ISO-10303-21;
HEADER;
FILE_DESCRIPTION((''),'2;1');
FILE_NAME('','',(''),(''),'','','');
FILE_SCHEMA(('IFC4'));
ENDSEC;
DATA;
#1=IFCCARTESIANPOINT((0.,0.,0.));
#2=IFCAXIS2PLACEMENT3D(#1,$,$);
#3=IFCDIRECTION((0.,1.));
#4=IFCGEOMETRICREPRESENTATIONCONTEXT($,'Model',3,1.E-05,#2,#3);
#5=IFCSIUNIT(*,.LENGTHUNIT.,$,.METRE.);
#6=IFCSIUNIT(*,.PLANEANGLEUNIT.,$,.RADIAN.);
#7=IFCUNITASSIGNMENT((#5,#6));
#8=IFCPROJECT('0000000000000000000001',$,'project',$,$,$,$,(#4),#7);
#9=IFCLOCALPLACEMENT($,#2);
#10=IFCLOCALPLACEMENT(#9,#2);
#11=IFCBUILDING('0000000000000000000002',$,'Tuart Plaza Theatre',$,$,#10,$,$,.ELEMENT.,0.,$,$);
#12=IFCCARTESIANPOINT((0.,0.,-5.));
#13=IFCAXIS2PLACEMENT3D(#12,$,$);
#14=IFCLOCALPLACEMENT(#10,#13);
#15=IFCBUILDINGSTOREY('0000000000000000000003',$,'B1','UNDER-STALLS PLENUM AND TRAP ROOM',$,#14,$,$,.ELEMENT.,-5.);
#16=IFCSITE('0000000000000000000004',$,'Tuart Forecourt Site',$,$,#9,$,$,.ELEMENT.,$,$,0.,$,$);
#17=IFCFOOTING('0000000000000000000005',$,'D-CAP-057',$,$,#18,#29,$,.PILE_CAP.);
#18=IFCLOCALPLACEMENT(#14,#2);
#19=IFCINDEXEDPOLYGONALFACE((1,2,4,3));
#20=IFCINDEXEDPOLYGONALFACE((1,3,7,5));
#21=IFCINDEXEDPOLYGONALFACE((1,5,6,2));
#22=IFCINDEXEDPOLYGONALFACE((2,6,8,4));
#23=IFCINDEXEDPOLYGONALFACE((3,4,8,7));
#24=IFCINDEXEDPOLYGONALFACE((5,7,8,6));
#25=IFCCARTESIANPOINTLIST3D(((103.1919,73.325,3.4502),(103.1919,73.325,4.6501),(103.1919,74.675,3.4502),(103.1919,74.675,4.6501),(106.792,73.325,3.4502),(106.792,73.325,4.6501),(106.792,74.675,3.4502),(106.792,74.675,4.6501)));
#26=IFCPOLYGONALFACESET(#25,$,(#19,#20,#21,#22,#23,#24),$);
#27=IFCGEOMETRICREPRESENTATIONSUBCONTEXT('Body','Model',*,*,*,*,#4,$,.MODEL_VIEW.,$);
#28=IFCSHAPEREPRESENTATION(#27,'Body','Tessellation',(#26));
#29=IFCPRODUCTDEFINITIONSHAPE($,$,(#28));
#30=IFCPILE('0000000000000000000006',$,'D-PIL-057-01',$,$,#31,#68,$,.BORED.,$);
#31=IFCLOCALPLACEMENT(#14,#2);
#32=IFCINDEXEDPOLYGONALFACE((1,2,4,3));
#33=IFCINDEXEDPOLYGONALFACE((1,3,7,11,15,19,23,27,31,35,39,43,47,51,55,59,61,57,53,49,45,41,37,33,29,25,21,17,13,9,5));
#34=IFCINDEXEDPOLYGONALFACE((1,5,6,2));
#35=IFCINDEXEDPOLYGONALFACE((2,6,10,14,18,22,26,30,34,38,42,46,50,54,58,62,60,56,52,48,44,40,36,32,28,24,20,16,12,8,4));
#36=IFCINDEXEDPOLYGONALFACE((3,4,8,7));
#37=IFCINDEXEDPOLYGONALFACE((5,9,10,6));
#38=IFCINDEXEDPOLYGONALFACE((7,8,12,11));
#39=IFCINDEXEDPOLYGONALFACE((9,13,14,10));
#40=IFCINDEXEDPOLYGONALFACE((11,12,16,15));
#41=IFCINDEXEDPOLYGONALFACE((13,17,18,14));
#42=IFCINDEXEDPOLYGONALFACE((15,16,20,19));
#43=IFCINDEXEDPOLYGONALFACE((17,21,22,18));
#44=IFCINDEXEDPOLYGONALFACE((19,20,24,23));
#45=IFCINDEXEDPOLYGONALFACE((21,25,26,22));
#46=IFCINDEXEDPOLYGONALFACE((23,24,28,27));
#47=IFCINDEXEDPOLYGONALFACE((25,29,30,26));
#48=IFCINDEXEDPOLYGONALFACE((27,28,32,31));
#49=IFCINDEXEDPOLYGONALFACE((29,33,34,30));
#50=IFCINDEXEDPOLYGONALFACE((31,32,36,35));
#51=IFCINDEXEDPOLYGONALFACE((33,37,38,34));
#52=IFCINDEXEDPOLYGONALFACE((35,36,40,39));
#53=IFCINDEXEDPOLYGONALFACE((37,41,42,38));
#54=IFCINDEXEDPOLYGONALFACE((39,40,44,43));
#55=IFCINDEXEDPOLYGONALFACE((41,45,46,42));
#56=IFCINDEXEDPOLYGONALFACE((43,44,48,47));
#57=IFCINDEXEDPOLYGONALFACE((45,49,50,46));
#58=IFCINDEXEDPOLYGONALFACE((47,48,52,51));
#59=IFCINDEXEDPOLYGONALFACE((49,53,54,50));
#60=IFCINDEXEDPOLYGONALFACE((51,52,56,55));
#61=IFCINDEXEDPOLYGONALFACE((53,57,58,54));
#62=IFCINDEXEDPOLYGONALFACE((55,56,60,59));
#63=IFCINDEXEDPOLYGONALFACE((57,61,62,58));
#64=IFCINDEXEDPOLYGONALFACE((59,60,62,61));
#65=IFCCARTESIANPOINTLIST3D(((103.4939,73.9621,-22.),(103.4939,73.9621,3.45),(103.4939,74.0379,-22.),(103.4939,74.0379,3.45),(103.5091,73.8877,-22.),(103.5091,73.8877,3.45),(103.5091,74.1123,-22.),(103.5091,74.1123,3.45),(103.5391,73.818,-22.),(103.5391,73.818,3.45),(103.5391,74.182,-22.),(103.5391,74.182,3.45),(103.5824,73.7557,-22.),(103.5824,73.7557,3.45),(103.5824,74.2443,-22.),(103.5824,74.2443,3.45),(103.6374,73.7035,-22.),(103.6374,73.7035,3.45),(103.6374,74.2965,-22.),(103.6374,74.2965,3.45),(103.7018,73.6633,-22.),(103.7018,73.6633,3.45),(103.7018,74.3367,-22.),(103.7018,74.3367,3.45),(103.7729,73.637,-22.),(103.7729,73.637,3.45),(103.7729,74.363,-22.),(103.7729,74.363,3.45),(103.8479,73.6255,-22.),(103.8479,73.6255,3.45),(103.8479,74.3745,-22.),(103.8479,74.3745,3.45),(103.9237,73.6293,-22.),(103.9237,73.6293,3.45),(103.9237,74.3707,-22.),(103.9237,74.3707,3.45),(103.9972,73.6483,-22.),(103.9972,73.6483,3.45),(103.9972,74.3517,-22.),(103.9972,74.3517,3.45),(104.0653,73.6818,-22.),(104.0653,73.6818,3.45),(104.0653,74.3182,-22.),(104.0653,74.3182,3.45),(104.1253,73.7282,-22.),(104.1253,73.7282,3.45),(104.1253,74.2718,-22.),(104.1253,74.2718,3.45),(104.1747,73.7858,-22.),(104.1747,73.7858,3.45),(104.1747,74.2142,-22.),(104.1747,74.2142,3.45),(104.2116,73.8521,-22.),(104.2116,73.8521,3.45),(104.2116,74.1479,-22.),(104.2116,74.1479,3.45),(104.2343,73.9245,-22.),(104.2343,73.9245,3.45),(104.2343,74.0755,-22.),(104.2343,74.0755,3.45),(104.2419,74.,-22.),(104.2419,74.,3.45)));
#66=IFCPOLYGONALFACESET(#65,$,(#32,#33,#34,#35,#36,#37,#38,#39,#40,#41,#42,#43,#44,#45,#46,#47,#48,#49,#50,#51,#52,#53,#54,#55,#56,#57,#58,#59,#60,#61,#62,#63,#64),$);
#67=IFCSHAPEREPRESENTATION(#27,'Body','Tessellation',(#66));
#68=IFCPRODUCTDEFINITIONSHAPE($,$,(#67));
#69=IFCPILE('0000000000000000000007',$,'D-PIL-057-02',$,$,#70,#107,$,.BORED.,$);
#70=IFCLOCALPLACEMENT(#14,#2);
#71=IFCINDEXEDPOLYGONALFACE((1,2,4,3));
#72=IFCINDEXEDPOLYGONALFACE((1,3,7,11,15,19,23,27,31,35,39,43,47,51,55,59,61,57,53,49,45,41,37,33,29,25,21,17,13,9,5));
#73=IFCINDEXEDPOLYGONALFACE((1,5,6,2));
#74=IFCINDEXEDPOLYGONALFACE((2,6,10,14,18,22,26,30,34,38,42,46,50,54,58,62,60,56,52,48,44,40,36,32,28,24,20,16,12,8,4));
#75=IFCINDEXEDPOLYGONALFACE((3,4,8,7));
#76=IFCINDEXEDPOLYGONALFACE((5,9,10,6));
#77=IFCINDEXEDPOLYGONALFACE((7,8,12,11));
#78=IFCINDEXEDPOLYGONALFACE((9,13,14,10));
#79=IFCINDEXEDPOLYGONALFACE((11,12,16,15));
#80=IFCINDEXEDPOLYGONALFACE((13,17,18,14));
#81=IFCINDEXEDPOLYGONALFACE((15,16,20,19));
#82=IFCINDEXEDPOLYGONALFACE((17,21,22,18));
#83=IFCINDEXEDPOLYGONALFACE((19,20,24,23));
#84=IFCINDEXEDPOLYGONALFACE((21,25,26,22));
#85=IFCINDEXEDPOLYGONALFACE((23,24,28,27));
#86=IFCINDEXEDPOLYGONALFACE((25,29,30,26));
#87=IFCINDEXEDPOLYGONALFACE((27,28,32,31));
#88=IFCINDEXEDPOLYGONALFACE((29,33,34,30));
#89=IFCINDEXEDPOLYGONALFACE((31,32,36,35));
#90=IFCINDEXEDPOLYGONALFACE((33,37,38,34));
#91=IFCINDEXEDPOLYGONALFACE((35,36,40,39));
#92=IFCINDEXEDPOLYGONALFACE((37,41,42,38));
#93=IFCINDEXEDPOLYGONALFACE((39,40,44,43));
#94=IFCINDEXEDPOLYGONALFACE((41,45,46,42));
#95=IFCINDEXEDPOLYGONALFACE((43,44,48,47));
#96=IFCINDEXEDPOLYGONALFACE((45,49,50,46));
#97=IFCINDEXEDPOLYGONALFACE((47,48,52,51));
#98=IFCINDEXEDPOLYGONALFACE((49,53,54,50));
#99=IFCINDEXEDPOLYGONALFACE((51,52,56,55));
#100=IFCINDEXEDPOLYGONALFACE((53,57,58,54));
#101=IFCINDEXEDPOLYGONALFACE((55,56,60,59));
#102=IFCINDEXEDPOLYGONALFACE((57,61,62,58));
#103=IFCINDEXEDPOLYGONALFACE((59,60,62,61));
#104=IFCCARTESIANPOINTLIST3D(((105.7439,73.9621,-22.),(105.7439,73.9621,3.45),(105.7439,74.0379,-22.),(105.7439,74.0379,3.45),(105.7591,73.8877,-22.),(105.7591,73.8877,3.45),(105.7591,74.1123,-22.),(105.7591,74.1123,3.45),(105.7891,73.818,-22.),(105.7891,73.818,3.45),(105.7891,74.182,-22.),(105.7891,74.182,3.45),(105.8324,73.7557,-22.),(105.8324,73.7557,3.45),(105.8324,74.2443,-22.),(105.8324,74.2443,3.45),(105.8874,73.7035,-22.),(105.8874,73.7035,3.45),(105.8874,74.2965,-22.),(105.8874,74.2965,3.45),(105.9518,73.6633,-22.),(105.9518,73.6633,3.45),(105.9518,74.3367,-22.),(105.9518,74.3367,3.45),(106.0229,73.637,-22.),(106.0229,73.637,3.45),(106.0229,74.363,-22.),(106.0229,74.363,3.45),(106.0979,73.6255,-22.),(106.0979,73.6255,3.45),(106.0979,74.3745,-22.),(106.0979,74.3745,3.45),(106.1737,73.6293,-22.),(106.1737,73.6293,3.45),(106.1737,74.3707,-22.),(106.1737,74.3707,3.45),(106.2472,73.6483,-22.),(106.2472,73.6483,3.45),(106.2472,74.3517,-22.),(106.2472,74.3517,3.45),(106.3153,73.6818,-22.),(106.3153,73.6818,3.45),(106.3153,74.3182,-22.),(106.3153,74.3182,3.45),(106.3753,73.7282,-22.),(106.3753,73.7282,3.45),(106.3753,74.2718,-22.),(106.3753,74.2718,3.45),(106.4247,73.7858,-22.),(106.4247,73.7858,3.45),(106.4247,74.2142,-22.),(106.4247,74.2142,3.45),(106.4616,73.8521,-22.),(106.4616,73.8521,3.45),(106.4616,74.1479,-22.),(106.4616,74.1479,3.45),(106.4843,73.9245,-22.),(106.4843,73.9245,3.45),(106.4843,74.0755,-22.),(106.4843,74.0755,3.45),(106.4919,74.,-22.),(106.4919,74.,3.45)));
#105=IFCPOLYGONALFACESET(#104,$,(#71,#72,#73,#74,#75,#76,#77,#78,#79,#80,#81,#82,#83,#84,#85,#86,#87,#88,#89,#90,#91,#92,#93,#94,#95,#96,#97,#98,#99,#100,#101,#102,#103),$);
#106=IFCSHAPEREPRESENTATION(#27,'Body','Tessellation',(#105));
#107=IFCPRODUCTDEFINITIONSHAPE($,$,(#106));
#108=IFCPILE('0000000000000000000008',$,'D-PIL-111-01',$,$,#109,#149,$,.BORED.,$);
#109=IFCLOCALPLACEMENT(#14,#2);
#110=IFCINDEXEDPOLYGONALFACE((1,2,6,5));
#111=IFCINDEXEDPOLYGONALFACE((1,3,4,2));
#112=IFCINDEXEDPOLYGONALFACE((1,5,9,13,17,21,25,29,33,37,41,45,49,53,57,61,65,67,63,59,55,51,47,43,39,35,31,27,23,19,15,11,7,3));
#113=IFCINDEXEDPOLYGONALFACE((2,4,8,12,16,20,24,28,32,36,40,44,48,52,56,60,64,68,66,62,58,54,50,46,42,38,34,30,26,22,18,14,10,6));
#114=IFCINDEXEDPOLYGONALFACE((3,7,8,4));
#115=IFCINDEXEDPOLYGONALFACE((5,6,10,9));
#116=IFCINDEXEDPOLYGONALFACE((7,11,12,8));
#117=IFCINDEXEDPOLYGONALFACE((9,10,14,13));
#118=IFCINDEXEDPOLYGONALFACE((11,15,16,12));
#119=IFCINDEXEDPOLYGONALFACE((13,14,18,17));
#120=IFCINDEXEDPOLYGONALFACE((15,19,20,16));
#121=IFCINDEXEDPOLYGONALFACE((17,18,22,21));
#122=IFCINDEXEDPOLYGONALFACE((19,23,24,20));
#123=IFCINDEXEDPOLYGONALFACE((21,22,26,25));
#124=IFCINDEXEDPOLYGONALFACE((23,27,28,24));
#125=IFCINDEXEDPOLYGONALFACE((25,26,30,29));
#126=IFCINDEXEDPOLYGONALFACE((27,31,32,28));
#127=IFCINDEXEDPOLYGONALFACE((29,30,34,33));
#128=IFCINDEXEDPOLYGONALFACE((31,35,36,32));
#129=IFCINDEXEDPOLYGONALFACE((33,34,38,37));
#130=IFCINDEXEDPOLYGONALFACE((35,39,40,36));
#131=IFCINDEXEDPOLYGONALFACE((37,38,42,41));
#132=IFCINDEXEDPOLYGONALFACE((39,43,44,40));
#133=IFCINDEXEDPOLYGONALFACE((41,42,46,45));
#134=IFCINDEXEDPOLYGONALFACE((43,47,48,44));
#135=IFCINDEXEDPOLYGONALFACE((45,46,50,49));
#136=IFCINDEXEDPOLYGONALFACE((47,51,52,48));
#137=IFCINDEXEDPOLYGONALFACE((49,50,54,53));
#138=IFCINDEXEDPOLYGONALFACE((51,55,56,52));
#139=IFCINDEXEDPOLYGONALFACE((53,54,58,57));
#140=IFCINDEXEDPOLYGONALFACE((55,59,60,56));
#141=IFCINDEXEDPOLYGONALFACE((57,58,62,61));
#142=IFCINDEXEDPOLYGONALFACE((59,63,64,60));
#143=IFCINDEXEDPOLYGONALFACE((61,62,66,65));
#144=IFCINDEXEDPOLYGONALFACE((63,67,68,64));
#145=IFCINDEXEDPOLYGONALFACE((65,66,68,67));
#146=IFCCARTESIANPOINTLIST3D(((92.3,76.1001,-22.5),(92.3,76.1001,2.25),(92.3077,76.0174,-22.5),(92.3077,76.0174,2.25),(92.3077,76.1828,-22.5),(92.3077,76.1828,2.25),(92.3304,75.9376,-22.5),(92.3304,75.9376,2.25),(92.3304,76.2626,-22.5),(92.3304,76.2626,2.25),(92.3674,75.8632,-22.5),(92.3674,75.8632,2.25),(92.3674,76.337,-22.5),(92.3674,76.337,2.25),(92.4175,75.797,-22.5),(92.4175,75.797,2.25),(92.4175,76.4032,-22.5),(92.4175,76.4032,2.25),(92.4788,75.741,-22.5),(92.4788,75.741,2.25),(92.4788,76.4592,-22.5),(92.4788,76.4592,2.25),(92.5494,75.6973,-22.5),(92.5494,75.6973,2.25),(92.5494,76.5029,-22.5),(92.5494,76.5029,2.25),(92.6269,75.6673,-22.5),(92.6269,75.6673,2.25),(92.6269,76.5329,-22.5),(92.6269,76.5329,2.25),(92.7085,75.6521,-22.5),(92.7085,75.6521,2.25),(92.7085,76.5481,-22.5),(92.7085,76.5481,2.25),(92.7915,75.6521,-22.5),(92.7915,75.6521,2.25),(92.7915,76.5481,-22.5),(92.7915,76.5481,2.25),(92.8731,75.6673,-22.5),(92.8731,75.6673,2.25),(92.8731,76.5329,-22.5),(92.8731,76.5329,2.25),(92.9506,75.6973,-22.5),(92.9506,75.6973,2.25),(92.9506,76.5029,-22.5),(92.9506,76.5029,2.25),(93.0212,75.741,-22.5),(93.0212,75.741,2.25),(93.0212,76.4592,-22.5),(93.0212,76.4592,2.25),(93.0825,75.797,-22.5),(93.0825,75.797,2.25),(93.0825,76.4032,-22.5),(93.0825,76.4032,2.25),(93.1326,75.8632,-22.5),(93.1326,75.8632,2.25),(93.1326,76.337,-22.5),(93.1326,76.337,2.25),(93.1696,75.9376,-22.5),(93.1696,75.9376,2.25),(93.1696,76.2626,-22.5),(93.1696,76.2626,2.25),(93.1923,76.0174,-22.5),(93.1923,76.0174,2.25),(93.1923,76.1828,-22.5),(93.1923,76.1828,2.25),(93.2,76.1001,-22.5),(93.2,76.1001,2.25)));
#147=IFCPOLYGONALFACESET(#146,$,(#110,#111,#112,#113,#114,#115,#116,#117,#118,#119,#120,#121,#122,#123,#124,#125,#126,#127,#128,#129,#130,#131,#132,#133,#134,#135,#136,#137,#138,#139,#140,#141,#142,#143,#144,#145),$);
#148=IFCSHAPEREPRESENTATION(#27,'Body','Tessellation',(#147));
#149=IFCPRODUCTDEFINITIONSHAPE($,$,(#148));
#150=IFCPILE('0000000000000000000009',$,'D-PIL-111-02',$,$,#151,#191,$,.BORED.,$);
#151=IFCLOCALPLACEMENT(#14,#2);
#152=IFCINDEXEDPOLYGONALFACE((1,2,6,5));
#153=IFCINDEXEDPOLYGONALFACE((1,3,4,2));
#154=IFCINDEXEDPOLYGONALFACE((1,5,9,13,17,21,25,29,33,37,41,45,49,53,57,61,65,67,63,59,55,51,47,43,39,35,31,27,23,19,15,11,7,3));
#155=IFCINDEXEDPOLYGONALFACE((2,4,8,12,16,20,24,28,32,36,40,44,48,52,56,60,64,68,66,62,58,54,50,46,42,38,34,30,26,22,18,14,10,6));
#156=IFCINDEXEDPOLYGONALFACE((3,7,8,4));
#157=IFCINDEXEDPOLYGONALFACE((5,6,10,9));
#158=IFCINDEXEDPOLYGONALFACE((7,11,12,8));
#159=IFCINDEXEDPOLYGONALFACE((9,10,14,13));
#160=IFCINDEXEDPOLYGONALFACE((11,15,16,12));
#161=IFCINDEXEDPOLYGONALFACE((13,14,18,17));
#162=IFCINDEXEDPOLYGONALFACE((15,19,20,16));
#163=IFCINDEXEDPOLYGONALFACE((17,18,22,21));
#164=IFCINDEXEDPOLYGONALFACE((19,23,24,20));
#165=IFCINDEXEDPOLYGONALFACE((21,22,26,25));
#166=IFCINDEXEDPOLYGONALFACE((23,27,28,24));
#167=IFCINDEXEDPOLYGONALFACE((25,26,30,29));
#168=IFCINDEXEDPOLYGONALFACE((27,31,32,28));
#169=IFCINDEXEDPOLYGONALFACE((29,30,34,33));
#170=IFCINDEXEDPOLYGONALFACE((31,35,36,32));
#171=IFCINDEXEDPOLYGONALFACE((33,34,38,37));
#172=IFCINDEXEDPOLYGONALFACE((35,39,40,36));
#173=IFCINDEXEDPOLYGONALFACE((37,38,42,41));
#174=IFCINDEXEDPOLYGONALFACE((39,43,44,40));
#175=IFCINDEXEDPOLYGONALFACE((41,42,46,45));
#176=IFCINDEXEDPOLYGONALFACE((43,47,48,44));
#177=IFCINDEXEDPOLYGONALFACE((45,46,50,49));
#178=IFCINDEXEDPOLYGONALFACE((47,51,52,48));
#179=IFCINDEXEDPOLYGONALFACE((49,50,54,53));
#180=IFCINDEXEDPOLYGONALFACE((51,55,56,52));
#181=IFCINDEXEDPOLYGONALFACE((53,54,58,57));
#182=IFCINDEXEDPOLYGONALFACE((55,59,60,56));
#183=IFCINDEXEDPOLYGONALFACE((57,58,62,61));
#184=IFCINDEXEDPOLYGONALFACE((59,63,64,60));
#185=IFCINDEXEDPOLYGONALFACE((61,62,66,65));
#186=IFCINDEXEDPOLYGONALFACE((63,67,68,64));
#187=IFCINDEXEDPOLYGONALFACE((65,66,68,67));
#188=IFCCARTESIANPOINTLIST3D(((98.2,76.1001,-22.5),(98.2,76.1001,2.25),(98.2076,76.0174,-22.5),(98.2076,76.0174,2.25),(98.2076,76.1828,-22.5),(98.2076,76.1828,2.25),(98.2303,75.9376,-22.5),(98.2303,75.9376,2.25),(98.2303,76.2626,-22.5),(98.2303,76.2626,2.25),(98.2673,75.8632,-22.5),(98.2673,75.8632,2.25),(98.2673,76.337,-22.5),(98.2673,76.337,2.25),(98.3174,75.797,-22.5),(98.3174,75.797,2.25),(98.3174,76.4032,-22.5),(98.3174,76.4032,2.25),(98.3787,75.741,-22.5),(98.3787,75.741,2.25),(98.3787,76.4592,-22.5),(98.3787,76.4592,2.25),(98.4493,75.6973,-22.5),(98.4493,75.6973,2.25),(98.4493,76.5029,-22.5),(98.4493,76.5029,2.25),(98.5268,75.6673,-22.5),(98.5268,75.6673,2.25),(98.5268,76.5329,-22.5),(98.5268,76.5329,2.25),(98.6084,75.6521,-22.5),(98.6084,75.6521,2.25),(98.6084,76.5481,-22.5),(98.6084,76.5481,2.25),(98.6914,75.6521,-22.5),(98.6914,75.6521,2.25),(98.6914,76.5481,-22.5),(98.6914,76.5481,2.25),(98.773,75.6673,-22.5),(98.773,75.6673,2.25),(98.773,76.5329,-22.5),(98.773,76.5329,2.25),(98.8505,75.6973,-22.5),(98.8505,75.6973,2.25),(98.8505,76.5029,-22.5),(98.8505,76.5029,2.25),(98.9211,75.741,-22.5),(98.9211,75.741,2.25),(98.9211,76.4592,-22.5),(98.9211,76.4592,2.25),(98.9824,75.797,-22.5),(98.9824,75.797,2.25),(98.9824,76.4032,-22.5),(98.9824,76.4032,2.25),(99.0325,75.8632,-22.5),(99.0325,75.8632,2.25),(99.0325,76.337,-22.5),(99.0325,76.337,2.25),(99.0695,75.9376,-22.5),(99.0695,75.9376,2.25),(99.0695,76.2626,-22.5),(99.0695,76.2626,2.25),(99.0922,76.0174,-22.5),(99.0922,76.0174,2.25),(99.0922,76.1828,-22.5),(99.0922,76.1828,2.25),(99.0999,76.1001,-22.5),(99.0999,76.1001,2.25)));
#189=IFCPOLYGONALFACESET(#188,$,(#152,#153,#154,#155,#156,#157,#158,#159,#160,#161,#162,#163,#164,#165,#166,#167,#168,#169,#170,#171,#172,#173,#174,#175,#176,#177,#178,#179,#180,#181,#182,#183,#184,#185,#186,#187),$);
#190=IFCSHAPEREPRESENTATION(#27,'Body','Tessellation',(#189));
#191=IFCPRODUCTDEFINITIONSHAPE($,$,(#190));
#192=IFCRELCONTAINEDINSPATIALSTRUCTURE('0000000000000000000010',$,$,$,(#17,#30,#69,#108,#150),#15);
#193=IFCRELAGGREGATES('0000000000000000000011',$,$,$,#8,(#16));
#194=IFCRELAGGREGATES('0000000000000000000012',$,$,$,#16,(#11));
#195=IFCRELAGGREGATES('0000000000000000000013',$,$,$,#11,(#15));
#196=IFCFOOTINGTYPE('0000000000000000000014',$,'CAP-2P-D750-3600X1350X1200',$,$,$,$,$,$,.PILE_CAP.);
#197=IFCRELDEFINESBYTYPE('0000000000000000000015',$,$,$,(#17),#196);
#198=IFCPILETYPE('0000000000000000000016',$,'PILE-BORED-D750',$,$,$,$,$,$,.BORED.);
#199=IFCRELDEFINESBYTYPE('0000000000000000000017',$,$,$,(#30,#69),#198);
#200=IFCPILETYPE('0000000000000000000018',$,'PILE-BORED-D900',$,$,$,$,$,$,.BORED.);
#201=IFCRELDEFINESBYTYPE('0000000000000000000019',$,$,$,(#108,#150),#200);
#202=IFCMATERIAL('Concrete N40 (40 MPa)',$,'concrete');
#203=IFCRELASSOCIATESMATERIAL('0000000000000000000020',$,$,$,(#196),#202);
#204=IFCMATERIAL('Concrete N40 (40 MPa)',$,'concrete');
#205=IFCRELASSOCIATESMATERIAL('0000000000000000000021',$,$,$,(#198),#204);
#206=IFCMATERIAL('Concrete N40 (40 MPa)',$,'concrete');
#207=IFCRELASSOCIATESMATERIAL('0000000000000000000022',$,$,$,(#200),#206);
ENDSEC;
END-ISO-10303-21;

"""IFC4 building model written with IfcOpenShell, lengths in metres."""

from ifc_helpers import new_model, si_unit, direction, frame, origin, origin_2d, place, context, subcontext, project, spatial, rectangle, circle, extrude, material, material_profile, profile_set, type_object, element, save


model = new_model("IFC4")

# Units and contexts
model_context = context("Model", 3, precision=1e-05, world=origin(), true_north=direction((0.0, 1.0)))
body_context = subcontext(model_context, "Body", "Model", "MODEL_VIEW")
ifc_project = project(units=[si_unit("LENGTHUNIT", "METRE"), si_unit("PLANEANGLEUNIT", "RADIAN")], contexts=[model_context])

# Site, building, storey
site_placement = place(None, origin())
site = spatial("IfcSite", under=ifc_project, at=site_placement, Name="Tuart Forecourt Site", CompositionType="ELEMENT", RefElevation=0.0)
building_placement = place(site_placement, origin())
building = spatial("IfcBuilding", under=site, at=building_placement, Name="Tuart Plaza Theatre", CompositionType="ELEMENT", ElevationOfRefHeight=0.0)
storey_placement = place(building_placement, frame((0.0, 0.0, -5.0)))
storey = spatial("IfcBuildingStorey", under=building, at=storey_placement, Name="B1", Description="UNDER-STALLS PLENUM AND TRAP ROOM", CompositionType="ELEMENT", Elevation=-5.0)

# Footing
ifc_material_1 = material(Name="Concrete N40 (40 MPa)", Category="concrete")
footing_type = type_object("IfcFootingType", Name="CAP-2P-D750-3600X1350X1200", PredefinedType="PILE_CAP", material=ifc_material_1)
footing_placement = place(storey_placement, frame((104.9919, 74.0, 3.4502), z_axis=(0.0, 0.0, 1.0), x_axis=(1.0, 0.0, 0.0)))
element("IfcFooting", 1, at=footing_placement, inside=storey, type_object=footing_type, Name="D-CAP-057", PredefinedType="PILE_CAP", context=body_context, shape_type="SweptSolid", body=[
    extrude(rectangle(XDim=3.6001, YDim=1.3501, at=origin_2d()), origin(), (0.0, 0.0, 1.0), 1.2),
])

# Piles
ifc_material_2 = material(Name="Concrete N40 (40 MPa)", Category="concrete")
ifc_material_profile_1 = material_profile(ifc_material_2, circle(Radius=0.375, at=origin_2d()), Name="PILE-BORED-D750")
ifc_profile_set_1 = profile_set([ifc_material_profile_1], Name="Concrete N40 (40 MPa)")
pile_type_1 = type_object("IfcPileType", Name="PILE-BORED-D750", PredefinedType="BORED", material=ifc_profile_set_1)
for number, where, z_axis, x_axis, name in (
    (2, (103.8669, 74.0, 3.45), (0.0, 0.0, -1.0), (1.0, 0.0, 0.0), "D-PIL-057-01"),
    (3, (106.1169, 74.0, 3.45), (0.0, 0.0, -1.0), (1.0, 0.0, 0.0), "D-PIL-057-02"),
):
    element("IfcPile", number, at=place(storey_placement, frame(where, z_axis=z_axis, x_axis=x_axis)), inside=storey, type_object=pile_type_1, Name=name, PredefinedType="BORED", context=body_context, shape_type="SweptSolid", body=[
        extrude(circle(Radius=0.375, at=origin_2d()), origin(), (0.0, 0.0, 1.0), 25.45),
    ])
ifc_material_3 = material(Name="Concrete N40 (40 MPa)", Category="concrete")
ifc_material_profile_2 = material_profile(ifc_material_3, circle(Radius=0.45, at=origin_2d()), Name="PILE-BORED-D900")
ifc_profile_set_2 = profile_set([ifc_material_profile_2], Name="Concrete N40 (40 MPa)")
pile_type_2 = type_object("IfcPileType", Name="PILE-BORED-D900", PredefinedType="BORED", material=ifc_profile_set_2)
for number, where, z_axis, x_axis, name in (
    (4, (92.75, 76.1001, 2.25), (0.0, 0.0, -1.0), (1.0, 0.0, 0.0), "D-PIL-111-01"),
    (5, (98.6499, 76.1001, 2.25), (0.0, 0.0, -1.0), (1.0, 0.0, 0.0), "D-PIL-111-02"),
):
    element("IfcPile", number, at=place(storey_placement, frame(where, z_axis=z_axis, x_axis=x_axis)), inside=storey, type_object=pile_type_2, Name=name, PredefinedType="BORED", context=body_context, shape_type="SweptSolid", body=[
        extrude(circle(Radius=0.45, at=origin_2d()), origin(), (0.0, 0.0, 1.0), 24.75),
    ])

save(model, "model.ifc")
